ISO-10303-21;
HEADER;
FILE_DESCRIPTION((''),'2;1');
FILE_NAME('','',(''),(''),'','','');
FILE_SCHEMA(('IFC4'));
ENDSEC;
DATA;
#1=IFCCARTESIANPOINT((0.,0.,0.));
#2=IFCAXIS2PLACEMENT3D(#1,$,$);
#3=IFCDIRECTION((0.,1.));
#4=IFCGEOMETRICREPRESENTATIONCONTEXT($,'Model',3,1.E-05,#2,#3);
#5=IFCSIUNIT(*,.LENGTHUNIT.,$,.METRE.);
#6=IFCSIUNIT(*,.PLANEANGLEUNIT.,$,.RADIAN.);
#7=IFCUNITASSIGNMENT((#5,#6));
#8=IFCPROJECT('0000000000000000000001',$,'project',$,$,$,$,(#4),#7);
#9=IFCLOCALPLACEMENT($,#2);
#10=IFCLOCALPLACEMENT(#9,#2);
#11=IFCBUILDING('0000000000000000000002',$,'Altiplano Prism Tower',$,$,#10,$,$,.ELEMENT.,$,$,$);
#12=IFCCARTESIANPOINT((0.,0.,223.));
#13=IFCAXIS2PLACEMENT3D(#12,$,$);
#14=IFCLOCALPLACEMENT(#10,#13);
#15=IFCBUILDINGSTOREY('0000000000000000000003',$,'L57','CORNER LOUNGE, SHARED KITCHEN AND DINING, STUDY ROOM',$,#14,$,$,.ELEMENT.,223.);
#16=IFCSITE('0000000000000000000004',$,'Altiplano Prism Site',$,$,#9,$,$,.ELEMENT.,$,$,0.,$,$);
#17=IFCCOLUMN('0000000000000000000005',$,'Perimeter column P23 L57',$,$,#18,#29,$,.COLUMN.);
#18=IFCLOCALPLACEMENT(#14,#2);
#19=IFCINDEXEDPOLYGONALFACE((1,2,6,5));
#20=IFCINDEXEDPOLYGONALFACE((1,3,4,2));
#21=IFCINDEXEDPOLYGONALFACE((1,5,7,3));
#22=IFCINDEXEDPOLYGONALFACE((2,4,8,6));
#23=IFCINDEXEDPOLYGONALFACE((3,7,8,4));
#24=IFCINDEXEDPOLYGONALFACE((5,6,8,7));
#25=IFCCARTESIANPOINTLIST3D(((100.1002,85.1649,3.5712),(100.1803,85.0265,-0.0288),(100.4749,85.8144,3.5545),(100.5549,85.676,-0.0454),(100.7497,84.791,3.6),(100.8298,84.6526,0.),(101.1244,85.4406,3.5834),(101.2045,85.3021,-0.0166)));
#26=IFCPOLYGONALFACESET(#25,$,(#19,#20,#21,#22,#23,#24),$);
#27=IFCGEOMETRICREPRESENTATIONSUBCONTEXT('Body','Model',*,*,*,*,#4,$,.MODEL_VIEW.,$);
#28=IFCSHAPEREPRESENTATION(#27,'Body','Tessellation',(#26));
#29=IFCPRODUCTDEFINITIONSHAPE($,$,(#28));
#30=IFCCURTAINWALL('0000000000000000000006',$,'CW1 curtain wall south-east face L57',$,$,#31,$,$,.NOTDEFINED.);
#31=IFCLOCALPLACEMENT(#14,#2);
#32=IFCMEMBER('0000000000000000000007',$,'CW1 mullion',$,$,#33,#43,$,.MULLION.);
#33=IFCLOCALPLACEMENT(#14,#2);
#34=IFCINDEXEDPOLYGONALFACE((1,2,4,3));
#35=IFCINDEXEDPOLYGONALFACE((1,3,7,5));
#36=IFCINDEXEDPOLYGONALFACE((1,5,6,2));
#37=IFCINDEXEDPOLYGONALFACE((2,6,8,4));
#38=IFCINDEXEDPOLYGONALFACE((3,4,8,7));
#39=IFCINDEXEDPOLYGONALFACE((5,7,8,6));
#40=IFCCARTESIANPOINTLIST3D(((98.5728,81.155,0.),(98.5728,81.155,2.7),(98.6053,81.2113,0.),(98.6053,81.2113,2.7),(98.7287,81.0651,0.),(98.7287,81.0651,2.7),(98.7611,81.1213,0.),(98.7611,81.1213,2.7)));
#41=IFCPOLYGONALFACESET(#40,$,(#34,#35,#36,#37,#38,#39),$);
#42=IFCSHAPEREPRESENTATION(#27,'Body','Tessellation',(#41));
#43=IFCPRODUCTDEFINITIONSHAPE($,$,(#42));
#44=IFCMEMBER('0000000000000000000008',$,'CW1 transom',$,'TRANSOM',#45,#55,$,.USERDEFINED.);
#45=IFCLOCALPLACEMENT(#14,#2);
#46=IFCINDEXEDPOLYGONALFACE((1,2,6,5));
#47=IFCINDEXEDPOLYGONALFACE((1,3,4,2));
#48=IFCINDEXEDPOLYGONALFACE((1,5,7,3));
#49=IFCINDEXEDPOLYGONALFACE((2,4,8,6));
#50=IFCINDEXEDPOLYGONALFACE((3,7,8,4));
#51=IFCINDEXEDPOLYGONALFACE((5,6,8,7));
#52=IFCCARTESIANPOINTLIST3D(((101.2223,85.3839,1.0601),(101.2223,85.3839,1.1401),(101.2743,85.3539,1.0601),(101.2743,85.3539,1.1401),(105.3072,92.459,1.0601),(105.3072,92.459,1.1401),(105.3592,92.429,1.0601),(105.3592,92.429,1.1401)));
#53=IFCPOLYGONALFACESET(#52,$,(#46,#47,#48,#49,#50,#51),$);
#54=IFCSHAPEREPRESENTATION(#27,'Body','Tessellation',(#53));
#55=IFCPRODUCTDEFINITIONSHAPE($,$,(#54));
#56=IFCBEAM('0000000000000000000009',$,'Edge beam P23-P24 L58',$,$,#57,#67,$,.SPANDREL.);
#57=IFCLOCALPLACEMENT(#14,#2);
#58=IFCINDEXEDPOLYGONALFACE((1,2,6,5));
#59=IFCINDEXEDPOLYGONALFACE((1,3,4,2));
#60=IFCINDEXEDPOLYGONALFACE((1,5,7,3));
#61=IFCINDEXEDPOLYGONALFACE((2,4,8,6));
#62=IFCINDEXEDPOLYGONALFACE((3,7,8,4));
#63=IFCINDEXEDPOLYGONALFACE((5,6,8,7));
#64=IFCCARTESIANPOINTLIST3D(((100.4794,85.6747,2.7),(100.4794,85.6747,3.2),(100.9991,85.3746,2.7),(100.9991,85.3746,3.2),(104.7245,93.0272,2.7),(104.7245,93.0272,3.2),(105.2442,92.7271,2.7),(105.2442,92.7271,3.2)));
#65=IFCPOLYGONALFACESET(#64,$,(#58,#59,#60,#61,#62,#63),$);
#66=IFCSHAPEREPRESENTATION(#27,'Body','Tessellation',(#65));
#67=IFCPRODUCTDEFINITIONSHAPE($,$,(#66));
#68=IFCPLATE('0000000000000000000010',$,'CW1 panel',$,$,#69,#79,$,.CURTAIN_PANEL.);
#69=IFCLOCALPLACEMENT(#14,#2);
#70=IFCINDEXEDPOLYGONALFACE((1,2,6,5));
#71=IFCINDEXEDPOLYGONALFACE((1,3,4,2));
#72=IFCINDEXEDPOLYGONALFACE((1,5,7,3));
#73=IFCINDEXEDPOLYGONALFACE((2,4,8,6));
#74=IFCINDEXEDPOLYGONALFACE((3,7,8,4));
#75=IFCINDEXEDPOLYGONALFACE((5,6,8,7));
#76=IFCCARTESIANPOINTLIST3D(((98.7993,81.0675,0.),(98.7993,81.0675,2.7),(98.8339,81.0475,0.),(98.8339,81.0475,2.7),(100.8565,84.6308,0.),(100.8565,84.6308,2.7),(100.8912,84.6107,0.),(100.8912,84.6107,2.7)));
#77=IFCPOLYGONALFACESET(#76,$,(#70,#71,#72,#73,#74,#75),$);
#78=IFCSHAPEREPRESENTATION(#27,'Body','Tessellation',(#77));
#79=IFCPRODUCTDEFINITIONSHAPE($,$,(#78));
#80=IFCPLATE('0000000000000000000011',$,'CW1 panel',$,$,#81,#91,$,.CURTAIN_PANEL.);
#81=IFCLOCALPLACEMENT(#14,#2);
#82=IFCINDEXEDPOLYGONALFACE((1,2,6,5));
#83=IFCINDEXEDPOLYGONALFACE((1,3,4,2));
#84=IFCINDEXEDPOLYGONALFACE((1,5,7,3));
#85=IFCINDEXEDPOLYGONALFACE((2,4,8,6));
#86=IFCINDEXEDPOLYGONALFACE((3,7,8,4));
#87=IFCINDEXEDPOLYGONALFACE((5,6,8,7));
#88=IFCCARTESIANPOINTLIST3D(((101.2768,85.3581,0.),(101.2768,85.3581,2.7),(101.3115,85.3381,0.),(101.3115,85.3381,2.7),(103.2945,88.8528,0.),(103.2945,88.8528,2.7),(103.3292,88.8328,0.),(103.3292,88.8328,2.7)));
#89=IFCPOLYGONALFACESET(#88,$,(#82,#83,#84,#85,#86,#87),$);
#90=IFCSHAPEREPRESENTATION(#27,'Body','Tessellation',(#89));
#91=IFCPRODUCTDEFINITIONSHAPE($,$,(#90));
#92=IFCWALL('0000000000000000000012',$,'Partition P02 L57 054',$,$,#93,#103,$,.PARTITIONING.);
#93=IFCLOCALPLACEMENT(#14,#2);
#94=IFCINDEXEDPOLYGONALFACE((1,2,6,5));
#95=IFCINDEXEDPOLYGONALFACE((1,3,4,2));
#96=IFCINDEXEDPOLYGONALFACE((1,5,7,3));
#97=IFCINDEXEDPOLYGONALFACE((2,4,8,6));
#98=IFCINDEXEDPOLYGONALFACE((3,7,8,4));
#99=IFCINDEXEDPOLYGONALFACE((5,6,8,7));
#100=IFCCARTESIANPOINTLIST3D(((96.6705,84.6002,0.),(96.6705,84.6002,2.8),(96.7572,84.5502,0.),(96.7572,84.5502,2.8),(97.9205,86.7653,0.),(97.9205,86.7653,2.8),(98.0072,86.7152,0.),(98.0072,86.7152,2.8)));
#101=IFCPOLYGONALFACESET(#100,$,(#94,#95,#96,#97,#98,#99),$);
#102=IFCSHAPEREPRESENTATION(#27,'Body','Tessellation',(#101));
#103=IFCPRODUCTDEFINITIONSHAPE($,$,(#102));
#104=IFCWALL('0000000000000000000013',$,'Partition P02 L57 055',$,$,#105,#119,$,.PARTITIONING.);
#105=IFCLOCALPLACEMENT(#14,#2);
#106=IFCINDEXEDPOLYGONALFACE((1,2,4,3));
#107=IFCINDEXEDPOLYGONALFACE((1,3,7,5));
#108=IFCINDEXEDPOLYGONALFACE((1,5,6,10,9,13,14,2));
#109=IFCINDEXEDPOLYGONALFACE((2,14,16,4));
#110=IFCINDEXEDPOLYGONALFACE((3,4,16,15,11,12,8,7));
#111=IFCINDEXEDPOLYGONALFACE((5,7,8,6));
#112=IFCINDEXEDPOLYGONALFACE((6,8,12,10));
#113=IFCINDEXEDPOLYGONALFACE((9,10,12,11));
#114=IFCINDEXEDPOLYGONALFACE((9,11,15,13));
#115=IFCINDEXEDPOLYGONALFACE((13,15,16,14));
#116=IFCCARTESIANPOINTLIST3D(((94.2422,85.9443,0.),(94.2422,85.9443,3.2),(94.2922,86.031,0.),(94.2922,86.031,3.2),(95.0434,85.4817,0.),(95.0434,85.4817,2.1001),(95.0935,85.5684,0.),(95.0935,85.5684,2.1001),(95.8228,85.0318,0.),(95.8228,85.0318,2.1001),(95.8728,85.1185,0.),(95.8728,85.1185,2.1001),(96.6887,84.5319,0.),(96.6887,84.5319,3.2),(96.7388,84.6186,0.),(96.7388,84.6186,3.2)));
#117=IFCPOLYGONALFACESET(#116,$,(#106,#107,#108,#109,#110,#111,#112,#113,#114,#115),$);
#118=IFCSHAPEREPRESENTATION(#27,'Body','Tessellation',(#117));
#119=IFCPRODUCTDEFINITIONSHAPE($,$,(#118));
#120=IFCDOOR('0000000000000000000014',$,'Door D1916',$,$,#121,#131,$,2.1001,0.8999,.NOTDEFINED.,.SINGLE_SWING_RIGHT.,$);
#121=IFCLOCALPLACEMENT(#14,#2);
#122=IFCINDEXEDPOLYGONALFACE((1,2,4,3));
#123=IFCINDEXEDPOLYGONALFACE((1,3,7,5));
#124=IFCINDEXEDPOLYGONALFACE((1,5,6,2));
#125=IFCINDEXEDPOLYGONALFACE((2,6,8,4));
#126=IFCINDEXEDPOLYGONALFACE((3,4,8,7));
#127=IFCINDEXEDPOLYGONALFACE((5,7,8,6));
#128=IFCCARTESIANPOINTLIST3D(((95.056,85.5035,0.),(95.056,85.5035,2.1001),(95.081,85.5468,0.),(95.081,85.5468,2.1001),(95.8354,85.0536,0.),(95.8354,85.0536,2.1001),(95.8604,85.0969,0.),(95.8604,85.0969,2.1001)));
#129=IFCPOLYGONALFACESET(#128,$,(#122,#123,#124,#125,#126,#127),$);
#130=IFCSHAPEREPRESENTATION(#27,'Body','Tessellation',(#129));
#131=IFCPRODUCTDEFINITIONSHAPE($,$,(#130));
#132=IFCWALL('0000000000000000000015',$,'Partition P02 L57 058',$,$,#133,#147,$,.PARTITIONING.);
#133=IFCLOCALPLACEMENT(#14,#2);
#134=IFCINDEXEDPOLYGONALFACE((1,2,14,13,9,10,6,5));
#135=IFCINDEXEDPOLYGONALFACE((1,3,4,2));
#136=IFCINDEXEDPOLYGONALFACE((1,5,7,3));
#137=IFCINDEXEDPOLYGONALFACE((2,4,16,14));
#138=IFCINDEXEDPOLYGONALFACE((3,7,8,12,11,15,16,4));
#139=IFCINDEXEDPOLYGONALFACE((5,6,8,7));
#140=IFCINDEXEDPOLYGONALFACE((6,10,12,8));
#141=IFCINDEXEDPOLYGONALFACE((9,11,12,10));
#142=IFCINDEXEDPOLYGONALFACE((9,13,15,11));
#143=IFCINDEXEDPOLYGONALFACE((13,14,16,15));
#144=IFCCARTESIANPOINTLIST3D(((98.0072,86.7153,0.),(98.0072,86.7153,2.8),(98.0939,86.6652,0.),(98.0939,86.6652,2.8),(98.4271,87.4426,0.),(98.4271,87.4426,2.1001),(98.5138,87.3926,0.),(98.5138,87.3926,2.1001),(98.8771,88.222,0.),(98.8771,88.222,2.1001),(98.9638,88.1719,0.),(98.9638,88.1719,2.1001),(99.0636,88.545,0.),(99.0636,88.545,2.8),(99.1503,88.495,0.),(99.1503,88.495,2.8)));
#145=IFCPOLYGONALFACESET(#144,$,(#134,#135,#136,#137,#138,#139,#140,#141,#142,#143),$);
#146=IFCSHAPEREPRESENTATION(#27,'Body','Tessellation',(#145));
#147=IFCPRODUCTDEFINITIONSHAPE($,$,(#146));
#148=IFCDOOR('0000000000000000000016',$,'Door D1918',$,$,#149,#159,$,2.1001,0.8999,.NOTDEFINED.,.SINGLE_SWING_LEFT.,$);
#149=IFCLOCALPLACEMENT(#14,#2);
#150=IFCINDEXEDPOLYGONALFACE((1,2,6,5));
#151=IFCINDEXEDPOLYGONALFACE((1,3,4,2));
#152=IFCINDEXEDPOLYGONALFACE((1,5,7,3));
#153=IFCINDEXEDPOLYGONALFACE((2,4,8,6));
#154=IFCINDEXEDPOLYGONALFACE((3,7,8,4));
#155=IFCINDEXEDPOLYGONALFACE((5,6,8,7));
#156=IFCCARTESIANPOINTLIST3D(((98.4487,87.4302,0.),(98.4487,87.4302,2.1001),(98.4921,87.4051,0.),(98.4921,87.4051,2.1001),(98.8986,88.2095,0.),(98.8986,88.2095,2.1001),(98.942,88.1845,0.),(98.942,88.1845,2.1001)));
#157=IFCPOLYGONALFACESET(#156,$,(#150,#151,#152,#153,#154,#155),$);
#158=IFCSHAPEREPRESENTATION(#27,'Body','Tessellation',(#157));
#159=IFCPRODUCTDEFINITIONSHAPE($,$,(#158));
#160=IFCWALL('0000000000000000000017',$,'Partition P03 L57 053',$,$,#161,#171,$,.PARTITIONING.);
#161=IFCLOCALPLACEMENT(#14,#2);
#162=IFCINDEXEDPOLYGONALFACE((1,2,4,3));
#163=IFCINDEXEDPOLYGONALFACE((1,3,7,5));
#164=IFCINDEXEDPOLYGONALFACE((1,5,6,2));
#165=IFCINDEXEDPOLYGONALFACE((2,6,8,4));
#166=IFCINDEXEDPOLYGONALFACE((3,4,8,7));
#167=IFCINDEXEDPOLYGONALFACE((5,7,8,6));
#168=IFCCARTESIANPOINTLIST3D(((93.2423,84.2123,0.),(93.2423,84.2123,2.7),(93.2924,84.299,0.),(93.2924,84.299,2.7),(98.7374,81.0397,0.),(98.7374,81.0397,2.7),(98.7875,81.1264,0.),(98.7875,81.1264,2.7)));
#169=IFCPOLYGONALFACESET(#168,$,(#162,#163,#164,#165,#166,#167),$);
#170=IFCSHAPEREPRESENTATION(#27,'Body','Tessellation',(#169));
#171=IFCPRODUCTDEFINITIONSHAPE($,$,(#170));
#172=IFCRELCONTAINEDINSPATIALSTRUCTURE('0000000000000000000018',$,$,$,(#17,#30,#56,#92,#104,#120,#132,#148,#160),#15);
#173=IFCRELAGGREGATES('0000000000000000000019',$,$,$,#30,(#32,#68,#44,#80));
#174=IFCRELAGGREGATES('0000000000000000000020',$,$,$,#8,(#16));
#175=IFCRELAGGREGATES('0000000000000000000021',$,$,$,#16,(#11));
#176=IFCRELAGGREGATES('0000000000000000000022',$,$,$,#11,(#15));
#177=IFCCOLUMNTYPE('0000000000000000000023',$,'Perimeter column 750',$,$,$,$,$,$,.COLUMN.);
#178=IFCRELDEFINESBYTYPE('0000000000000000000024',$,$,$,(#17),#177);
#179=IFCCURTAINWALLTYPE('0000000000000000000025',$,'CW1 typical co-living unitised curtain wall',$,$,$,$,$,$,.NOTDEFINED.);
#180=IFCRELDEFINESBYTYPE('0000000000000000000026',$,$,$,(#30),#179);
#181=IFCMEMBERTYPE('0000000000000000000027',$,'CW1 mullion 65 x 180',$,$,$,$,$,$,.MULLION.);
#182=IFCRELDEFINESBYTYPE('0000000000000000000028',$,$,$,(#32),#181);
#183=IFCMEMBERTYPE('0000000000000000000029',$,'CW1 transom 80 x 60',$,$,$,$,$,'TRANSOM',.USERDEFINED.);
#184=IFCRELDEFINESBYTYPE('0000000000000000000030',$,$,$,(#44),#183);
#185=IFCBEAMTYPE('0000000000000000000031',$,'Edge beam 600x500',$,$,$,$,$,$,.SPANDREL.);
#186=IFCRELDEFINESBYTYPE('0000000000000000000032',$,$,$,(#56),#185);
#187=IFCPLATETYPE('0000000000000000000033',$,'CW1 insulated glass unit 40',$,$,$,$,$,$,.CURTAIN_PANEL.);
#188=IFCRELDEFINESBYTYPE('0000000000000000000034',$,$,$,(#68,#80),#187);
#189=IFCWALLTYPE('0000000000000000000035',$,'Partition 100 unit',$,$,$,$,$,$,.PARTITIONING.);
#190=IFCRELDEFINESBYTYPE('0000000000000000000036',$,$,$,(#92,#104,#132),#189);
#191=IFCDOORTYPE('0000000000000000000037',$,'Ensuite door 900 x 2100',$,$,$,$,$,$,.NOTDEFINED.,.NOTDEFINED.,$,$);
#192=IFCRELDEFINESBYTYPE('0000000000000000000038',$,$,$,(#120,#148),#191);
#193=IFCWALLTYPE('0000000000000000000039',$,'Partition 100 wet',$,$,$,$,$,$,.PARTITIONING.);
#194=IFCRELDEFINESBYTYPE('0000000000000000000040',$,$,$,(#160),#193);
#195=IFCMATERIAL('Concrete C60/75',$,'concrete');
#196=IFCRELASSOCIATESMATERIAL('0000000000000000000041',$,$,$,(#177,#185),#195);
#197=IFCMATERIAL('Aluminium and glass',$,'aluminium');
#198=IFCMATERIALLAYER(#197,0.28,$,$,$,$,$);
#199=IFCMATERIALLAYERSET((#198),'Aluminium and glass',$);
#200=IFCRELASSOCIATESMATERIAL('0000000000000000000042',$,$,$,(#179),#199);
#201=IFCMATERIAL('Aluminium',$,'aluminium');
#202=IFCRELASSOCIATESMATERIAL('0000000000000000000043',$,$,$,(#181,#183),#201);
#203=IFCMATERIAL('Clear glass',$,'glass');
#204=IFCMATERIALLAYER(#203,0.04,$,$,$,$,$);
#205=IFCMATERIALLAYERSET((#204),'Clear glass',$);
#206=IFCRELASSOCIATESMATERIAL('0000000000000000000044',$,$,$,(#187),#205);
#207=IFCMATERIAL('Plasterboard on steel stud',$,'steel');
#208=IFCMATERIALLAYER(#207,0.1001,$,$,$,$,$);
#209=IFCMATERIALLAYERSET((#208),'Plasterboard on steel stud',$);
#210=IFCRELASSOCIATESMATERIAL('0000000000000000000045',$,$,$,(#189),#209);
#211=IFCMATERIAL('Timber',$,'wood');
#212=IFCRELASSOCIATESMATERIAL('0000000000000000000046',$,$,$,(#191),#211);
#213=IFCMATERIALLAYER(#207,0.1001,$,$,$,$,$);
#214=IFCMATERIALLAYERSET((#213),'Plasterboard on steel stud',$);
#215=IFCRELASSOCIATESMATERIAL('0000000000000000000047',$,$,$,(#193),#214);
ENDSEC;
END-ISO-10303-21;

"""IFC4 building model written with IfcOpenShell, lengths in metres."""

from ifc_helpers import new_model, si_unit, direction, frame, frame_2d, origin, origin_2d, place, context, subcontext, project, spatial, rectangle, extrude, material, layer, layer_set, material_profile, profile_set, type_object, element, fill, aggregate, save


model = new_model("IFC4")

# Units and contexts
model_context = context("Model", 3, precision=1e-05, world=origin(), true_north=direction((0.0, 1.0)))
body_context = subcontext(model_context, "Body", "Model", "MODEL_VIEW")
ifc_project = project(units=[si_unit("LENGTHUNIT", "METRE"), si_unit("PLANEANGLEUNIT", "RADIAN")], contexts=[model_context])

# Site, building, storey
site_placement = place(None, origin())
site = spatial("IfcSite", under=ifc_project, at=site_placement, Name="Altiplano Prism Site", CompositionType="ELEMENT", RefElevation=0.0)
building_placement = place(site_placement, origin())
building = spatial("IfcBuilding", under=site, at=building_placement, Name="Altiplano Prism Tower", CompositionType="ELEMENT")
storey_placement = place(building_placement, frame((0.0, 0.0, 223.0)))
storey = spatial("IfcBuildingStorey", under=building, at=storey_placement, Name="L57", Description="CORNER LOUNGE, SHARED KITCHEN AND DINING, STUDY ROOM", CompositionType="ELEMENT", Elevation=223.0)

# Column
ifc_material_1 = material(Name="Concrete C60/75", Category="concrete")
ifc_material_profile_1 = material_profile(ifc_material_1, rectangle(XDim=0.75, YDim=0.75, at=origin_2d()), Name="Perimeter column 750")
ifc_profile_set_1 = profile_set([ifc_material_profile_1], Name="Concrete C60/75")
column_type = type_object("IfcColumnType", Name="Perimeter column 750", PredefinedType="COLUMN", material=ifc_profile_set_1)
column_placement = place(storey_placement, frame((100.6924, 85.1643, -0.0227), z_axis=(-0.022223, 0.038416, 0.999015), x_axis=(-0.499508, -0.866025, 0.02219)))
element("IfcColumn", 1, at=column_placement, inside=storey, type_object=column_type, Name="Perimeter column P23 L57", PredefinedType="COLUMN", context=body_context, shape_type="SweptSolid", body=[
    extrude(rectangle(XDim=0.75, YDim=0.75, at=origin_2d()), origin(), (0.0, 0.0, 1.0), 3.6035),
])

# Curtain wall, members
ifc_material_2 = material(Name="Aluminium and glass", Category="aluminium")
ifc_layer_1 = layer(ifc_material_2, 0.28)
ifc_layer_set_1 = layer_set([ifc_layer_1], Name="Aluminium and glass")
curtain_wall_type = type_object("IfcCurtainWallType", Name="CW1 typical co-living unitised curtain wall", PredefinedType="NOTDEFINED", material=ifc_layer_set_1)
curtain_wall_placement = place(storey_placement, origin())
curtain_wall = element("IfcCurtainWall", 2, at=curtain_wall_placement, inside=storey, type_object=curtain_wall_type, Name="CW1 curtain wall south-east face L57", PredefinedType="NOTDEFINED")
ifc_material_3 = material(Name="Aluminium", Category="aluminium")
ifc_material_profile_2 = material_profile(ifc_material_3, rectangle(XDim=0.1799, YDim=0.0649, at=origin_2d()), Name="CW1 mullion 65 x 180")
ifc_profile_set_2 = profile_set([ifc_material_profile_2], Name="Aluminium")
member_type_1 = type_object("IfcMemberType", Name="CW1 mullion 65 x 180", PredefinedType="MULLION", material=ifc_profile_set_2)
member_1_placement = place(storey_placement, frame((98.667, 81.1382, 0.0), z_axis=(0.0, 0.0, 1.0), x_axis=(-0.866025, 0.5, 0.0)))
member_1 = element("IfcMember", 3, at=member_1_placement, type_object=member_type_1, Name="CW1 mullion", PredefinedType="MULLION", context=body_context, shape_type="SweptSolid", body=[
    extrude(rectangle(XDim=0.1799, YDim=0.0649, at=origin_2d()), origin(), (0.0, 0.0, 1.0), 2.7),
])
ifc_material_profile_3 = material_profile(ifc_material_3, rectangle(XDim=0.0601, YDim=0.0801, at=origin_2d()), Name="CW1 transom 80 x 60")
ifc_profile_set_3 = profile_set([ifc_material_profile_3], Name="Aluminium")
member_type_2 = type_object("IfcMemberType", Name="CW1 transom 80 x 60", ElementType="TRANSOM", PredefinedType="USERDEFINED", material=ifc_profile_set_3)
member_2_placement = place(storey_placement, frame((101.2483, 85.3689, 1.1001), z_axis=(0.500009, 0.86602, 0.0), x_axis=(-0.86602, 0.500009, 0.0)))
member_2 = element("IfcMember", 4, at=member_2_placement, type_object=member_type_2, Name="CW1 transom", ObjectType="TRANSOM", PredefinedType="USERDEFINED", context=body_context, shape_type="SweptSolid", body=[
    extrude(rectangle(XDim=0.0601, YDim=0.0801, at=origin_2d()), origin(), (0.0, 0.0, 1.0), 8.1697),
])

# Beam
ifc_material_profile_4 = material_profile(ifc_material_1, rectangle(XDim=0.6001, YDim=0.5, at=origin_2d()), Name="Edge beam 600x500")
ifc_profile_set_4 = profile_set([ifc_material_profile_4], Name="Concrete C60/75")
beam_type = type_object("IfcBeamType", Name="Edge beam 600x500", PredefinedType="SPANDREL", material=ifc_profile_set_4)
beam_placement = place(storey_placement, frame((100.7393, 85.5247, 2.95), z_axis=(0.500011, 0.866019, 0.0), x_axis=(-0.866019, 0.500011, 0.0)))
element("IfcBeam", 5, at=beam_placement, inside=storey, type_object=beam_type, Name="Edge beam P23-P24 L58", PredefinedType="SPANDREL", context=body_context, shape_type="SweptSolid", body=[
    extrude(rectangle(XDim=0.6001, YDim=0.5, at=origin_2d()), origin(), (0.0, 0.0, 1.0), 8.49),
])

# Plates
ifc_material_4 = material(Name="Clear glass", Category="glass")
ifc_layer_2 = layer(ifc_material_4, 0.04)
ifc_layer_set_2 = layer_set([ifc_layer_2], Name="Clear glass")
plate_type = type_object("IfcPlateType", Name="CW1 insulated glass unit 40", PredefinedType="CURTAIN_PANEL", material=ifc_layer_set_2)
plate_1_placement = place(storey_placement, frame((99.8452, 82.8391, 0.0), z_axis=(0.0, 0.0, 1.0), x_axis=(0.5, 0.866025, 0.0)))
plate_1 = element("IfcPlate", 6, at=plate_1_placement, type_object=plate_type, Name="CW1 panel", PredefinedType="CURTAIN_PANEL", context=body_context, shape_type="SweptSolid", body=[
    extrude(rectangle(XDim=4.1145, YDim=0.04, at=origin_2d()), origin(), (0.0, 0.0, 1.0), 2.7),
])
plate_2_placement = place(storey_placement, frame((102.303, 87.0955, 0.0), z_axis=(0.0, 0.0, 1.0), x_axis=(0.5, 0.866025, 0.0)))
plate_2 = element("IfcPlate", 7, at=plate_2_placement, type_object=plate_type, Name="CW1 panel", PredefinedType="CURTAIN_PANEL", context=body_context, shape_type="SweptSolid", body=[
    extrude(rectangle(XDim=4.0354, YDim=0.04, at=origin_2d()), origin(), (0.0, 0.0, 1.0), 2.7),
])
aggregate(curtain_wall, [member_1, plate_1, member_2, plate_2])

# Wall
ifc_material_5 = material(Name="Plasterboard on steel stud", Category="steel")
ifc_layer_3 = layer(ifc_material_5, 0.1001)
ifc_layer_set_3 = layer_set([ifc_layer_3], Name="Plasterboard on steel stud")
wall_type_1 = type_object("IfcWallType", Name="Partition 100 unit", PredefinedType="PARTITIONING", material=ifc_layer_set_3)
wall_1_placement = place(storey_placement, frame((97.9639, 86.7402, 0.0), z_axis=(0.0, 0.0, 1.0), x_axis=(-0.500004, -0.866023, 0.0)))
element("IfcWall", 8, at=wall_1_placement, inside=storey, type_object=wall_type_1, Name="Partition P02 L57 054", PredefinedType="PARTITIONING", context=body_context, shape_type="SweptSolid", body=[
    extrude(rectangle(XDim=2.5, YDim=0.1001, at=frame_2d((1.25, 0.0))), origin(), (0.0, 0.0, 1.0), 2.8),
])

# Walls, openings, doors
wall_2_placement = place(storey_placement, frame((96.7139, 84.5752, 0.0), z_axis=(0.0, 0.0, 1.0), x_axis=(-0.866049, 0.499959, 0.0)))
wall_2 = element("IfcWall", 9, at=wall_2_placement, inside=storey, type_object=wall_type_1, Name="Partition P02 L57 055", PredefinedType="PARTITIONING", context=body_context, shape_type="SweptSolid", body=[
    extrude(rectangle(XDim=2.825, YDim=0.1001, at=frame_2d((1.4126, 0.0))), origin(), (0.0, 0.0, 1.0), 3.2),
])
opening_1_placement = place(wall_2_placement, frame((1.0, 0.0, 0.0)))
opening_1 = element("IfcOpeningElement", 10, at=opening_1_placement, cuts=wall_2, PredefinedType="OPENING", context=body_context, shape_type="SweptSolid", body=[
    extrude(rectangle(XDim=0.8999, YDim=2.1001, at=frame_2d((0.45, 1.05))), frame((0.0, 0.0605, 0.0), z_axis=(0.0, -1.0, 0.0), x_axis=(1.0, 0.0, 0.0)), (0.0, 0.0, 1.0), 0.1211),
])
ifc_material_6 = material(Name="Timber", Category="wood")
door_type_1 = type_object("IfcDoorType", Name="Ensuite door 900 x 2100", OperationType="NOTDEFINED", PredefinedType="NOTDEFINED", material=ifc_material_6)
door_1_placement = place(opening_1_placement, origin())
door_1 = element("IfcDoor", 11, at=door_1_placement, inside=storey, type_object=door_type_1, Name="Door D1916", OperationType="SINGLE_SWING_RIGHT", OverallHeight=2.1001, OverallWidth=0.8999, PredefinedType="NOTDEFINED", context=body_context, shape_type="SweptSolid", body=[
    extrude(rectangle(XDim=0.8999, YDim=2.1001, at=frame_2d((0.45, 1.05))), frame((0.0, 0.0249, 0.0), z_axis=(0.0, -1.0, 0.0), x_axis=(1.0, 0.0, 0.0)), (0.0, 0.0, 1.0), 0.05),
])
fill(opening_1, door_1)
wall_3_placement = place(storey_placement, frame((99.1069, 88.52, 0.0), z_axis=(0.0, 0.0, 1.0), x_axis=(-0.499979, -0.866037, 0.0)))
wall_3 = element("IfcWall", 12, at=wall_3_placement, inside=storey, type_object=wall_type_1, Name="Partition P02 L57 058", PredefinedType="PARTITIONING", context=body_context, shape_type="SweptSolid", body=[
    extrude(rectangle(XDim=2.1128, YDim=0.1001, at=frame_2d((1.0564, 0.0))), origin(), (0.0, 0.0, 1.0), 2.8),
])
opening_2_placement = place(wall_3_placement, frame((0.373, 0.0, 0.0)))
opening_2 = element("IfcOpeningElement", 13, at=opening_2_placement, cuts=wall_3, PredefinedType="OPENING", context=body_context, shape_type="SweptSolid", body=[
    extrude(rectangle(XDim=0.8999, YDim=2.1001, at=frame_2d((0.45, 1.05))), frame((0.0, 0.0605, 0.0), z_axis=(0.0, -1.0, 0.0), x_axis=(1.0, 0.0, 0.0)), (0.0, 0.0, 1.0), 0.1211),
])
door_2_placement = place(opening_2_placement, origin())
door_2 = element("IfcDoor", 14, at=door_2_placement, inside=storey, type_object=door_type_1, Name="Door D1918", OperationType="SINGLE_SWING_LEFT", OverallHeight=2.1001, OverallWidth=0.8999, PredefinedType="NOTDEFINED", context=body_context, shape_type="SweptSolid", body=[
    extrude(rectangle(XDim=0.8999, YDim=2.1001, at=frame_2d((0.45, 1.05))), frame((0.0, 0.0249, 0.0), z_axis=(0.0, -1.0, 0.0), x_axis=(1.0, 0.0, 0.0)), (0.0, 0.0, 1.0), 0.05),
])
fill(opening_2, door_2)

# Wall
ifc_layer_4 = layer(ifc_material_5, 0.1001)
ifc_layer_set_4 = layer_set([ifc_layer_4], Name="Plasterboard on steel stud")
wall_type_2 = type_object("IfcWallType", Name="Partition 100 wet", PredefinedType="PARTITIONING", material=ifc_layer_set_4)
wall_4_placement = place(storey_placement, frame((98.7625, 81.083, 0.0), z_axis=(0.0, 0.0, 1.0), x_axis=(-0.866025, 0.5, 0.0)))
element("IfcWall", 15, at=wall_4_placement, inside=storey, type_object=wall_type_2, Name="Partition P03 L57 053", PredefinedType="PARTITIONING", context=body_context, shape_type="SweptSolid", body=[
    extrude(rectangle(XDim=6.3452, YDim=0.1001, at=frame_2d((3.1726, 0.0))), origin(), (0.0, 0.0, 1.0), 2.7),
])

save(model, "model.ifc")
